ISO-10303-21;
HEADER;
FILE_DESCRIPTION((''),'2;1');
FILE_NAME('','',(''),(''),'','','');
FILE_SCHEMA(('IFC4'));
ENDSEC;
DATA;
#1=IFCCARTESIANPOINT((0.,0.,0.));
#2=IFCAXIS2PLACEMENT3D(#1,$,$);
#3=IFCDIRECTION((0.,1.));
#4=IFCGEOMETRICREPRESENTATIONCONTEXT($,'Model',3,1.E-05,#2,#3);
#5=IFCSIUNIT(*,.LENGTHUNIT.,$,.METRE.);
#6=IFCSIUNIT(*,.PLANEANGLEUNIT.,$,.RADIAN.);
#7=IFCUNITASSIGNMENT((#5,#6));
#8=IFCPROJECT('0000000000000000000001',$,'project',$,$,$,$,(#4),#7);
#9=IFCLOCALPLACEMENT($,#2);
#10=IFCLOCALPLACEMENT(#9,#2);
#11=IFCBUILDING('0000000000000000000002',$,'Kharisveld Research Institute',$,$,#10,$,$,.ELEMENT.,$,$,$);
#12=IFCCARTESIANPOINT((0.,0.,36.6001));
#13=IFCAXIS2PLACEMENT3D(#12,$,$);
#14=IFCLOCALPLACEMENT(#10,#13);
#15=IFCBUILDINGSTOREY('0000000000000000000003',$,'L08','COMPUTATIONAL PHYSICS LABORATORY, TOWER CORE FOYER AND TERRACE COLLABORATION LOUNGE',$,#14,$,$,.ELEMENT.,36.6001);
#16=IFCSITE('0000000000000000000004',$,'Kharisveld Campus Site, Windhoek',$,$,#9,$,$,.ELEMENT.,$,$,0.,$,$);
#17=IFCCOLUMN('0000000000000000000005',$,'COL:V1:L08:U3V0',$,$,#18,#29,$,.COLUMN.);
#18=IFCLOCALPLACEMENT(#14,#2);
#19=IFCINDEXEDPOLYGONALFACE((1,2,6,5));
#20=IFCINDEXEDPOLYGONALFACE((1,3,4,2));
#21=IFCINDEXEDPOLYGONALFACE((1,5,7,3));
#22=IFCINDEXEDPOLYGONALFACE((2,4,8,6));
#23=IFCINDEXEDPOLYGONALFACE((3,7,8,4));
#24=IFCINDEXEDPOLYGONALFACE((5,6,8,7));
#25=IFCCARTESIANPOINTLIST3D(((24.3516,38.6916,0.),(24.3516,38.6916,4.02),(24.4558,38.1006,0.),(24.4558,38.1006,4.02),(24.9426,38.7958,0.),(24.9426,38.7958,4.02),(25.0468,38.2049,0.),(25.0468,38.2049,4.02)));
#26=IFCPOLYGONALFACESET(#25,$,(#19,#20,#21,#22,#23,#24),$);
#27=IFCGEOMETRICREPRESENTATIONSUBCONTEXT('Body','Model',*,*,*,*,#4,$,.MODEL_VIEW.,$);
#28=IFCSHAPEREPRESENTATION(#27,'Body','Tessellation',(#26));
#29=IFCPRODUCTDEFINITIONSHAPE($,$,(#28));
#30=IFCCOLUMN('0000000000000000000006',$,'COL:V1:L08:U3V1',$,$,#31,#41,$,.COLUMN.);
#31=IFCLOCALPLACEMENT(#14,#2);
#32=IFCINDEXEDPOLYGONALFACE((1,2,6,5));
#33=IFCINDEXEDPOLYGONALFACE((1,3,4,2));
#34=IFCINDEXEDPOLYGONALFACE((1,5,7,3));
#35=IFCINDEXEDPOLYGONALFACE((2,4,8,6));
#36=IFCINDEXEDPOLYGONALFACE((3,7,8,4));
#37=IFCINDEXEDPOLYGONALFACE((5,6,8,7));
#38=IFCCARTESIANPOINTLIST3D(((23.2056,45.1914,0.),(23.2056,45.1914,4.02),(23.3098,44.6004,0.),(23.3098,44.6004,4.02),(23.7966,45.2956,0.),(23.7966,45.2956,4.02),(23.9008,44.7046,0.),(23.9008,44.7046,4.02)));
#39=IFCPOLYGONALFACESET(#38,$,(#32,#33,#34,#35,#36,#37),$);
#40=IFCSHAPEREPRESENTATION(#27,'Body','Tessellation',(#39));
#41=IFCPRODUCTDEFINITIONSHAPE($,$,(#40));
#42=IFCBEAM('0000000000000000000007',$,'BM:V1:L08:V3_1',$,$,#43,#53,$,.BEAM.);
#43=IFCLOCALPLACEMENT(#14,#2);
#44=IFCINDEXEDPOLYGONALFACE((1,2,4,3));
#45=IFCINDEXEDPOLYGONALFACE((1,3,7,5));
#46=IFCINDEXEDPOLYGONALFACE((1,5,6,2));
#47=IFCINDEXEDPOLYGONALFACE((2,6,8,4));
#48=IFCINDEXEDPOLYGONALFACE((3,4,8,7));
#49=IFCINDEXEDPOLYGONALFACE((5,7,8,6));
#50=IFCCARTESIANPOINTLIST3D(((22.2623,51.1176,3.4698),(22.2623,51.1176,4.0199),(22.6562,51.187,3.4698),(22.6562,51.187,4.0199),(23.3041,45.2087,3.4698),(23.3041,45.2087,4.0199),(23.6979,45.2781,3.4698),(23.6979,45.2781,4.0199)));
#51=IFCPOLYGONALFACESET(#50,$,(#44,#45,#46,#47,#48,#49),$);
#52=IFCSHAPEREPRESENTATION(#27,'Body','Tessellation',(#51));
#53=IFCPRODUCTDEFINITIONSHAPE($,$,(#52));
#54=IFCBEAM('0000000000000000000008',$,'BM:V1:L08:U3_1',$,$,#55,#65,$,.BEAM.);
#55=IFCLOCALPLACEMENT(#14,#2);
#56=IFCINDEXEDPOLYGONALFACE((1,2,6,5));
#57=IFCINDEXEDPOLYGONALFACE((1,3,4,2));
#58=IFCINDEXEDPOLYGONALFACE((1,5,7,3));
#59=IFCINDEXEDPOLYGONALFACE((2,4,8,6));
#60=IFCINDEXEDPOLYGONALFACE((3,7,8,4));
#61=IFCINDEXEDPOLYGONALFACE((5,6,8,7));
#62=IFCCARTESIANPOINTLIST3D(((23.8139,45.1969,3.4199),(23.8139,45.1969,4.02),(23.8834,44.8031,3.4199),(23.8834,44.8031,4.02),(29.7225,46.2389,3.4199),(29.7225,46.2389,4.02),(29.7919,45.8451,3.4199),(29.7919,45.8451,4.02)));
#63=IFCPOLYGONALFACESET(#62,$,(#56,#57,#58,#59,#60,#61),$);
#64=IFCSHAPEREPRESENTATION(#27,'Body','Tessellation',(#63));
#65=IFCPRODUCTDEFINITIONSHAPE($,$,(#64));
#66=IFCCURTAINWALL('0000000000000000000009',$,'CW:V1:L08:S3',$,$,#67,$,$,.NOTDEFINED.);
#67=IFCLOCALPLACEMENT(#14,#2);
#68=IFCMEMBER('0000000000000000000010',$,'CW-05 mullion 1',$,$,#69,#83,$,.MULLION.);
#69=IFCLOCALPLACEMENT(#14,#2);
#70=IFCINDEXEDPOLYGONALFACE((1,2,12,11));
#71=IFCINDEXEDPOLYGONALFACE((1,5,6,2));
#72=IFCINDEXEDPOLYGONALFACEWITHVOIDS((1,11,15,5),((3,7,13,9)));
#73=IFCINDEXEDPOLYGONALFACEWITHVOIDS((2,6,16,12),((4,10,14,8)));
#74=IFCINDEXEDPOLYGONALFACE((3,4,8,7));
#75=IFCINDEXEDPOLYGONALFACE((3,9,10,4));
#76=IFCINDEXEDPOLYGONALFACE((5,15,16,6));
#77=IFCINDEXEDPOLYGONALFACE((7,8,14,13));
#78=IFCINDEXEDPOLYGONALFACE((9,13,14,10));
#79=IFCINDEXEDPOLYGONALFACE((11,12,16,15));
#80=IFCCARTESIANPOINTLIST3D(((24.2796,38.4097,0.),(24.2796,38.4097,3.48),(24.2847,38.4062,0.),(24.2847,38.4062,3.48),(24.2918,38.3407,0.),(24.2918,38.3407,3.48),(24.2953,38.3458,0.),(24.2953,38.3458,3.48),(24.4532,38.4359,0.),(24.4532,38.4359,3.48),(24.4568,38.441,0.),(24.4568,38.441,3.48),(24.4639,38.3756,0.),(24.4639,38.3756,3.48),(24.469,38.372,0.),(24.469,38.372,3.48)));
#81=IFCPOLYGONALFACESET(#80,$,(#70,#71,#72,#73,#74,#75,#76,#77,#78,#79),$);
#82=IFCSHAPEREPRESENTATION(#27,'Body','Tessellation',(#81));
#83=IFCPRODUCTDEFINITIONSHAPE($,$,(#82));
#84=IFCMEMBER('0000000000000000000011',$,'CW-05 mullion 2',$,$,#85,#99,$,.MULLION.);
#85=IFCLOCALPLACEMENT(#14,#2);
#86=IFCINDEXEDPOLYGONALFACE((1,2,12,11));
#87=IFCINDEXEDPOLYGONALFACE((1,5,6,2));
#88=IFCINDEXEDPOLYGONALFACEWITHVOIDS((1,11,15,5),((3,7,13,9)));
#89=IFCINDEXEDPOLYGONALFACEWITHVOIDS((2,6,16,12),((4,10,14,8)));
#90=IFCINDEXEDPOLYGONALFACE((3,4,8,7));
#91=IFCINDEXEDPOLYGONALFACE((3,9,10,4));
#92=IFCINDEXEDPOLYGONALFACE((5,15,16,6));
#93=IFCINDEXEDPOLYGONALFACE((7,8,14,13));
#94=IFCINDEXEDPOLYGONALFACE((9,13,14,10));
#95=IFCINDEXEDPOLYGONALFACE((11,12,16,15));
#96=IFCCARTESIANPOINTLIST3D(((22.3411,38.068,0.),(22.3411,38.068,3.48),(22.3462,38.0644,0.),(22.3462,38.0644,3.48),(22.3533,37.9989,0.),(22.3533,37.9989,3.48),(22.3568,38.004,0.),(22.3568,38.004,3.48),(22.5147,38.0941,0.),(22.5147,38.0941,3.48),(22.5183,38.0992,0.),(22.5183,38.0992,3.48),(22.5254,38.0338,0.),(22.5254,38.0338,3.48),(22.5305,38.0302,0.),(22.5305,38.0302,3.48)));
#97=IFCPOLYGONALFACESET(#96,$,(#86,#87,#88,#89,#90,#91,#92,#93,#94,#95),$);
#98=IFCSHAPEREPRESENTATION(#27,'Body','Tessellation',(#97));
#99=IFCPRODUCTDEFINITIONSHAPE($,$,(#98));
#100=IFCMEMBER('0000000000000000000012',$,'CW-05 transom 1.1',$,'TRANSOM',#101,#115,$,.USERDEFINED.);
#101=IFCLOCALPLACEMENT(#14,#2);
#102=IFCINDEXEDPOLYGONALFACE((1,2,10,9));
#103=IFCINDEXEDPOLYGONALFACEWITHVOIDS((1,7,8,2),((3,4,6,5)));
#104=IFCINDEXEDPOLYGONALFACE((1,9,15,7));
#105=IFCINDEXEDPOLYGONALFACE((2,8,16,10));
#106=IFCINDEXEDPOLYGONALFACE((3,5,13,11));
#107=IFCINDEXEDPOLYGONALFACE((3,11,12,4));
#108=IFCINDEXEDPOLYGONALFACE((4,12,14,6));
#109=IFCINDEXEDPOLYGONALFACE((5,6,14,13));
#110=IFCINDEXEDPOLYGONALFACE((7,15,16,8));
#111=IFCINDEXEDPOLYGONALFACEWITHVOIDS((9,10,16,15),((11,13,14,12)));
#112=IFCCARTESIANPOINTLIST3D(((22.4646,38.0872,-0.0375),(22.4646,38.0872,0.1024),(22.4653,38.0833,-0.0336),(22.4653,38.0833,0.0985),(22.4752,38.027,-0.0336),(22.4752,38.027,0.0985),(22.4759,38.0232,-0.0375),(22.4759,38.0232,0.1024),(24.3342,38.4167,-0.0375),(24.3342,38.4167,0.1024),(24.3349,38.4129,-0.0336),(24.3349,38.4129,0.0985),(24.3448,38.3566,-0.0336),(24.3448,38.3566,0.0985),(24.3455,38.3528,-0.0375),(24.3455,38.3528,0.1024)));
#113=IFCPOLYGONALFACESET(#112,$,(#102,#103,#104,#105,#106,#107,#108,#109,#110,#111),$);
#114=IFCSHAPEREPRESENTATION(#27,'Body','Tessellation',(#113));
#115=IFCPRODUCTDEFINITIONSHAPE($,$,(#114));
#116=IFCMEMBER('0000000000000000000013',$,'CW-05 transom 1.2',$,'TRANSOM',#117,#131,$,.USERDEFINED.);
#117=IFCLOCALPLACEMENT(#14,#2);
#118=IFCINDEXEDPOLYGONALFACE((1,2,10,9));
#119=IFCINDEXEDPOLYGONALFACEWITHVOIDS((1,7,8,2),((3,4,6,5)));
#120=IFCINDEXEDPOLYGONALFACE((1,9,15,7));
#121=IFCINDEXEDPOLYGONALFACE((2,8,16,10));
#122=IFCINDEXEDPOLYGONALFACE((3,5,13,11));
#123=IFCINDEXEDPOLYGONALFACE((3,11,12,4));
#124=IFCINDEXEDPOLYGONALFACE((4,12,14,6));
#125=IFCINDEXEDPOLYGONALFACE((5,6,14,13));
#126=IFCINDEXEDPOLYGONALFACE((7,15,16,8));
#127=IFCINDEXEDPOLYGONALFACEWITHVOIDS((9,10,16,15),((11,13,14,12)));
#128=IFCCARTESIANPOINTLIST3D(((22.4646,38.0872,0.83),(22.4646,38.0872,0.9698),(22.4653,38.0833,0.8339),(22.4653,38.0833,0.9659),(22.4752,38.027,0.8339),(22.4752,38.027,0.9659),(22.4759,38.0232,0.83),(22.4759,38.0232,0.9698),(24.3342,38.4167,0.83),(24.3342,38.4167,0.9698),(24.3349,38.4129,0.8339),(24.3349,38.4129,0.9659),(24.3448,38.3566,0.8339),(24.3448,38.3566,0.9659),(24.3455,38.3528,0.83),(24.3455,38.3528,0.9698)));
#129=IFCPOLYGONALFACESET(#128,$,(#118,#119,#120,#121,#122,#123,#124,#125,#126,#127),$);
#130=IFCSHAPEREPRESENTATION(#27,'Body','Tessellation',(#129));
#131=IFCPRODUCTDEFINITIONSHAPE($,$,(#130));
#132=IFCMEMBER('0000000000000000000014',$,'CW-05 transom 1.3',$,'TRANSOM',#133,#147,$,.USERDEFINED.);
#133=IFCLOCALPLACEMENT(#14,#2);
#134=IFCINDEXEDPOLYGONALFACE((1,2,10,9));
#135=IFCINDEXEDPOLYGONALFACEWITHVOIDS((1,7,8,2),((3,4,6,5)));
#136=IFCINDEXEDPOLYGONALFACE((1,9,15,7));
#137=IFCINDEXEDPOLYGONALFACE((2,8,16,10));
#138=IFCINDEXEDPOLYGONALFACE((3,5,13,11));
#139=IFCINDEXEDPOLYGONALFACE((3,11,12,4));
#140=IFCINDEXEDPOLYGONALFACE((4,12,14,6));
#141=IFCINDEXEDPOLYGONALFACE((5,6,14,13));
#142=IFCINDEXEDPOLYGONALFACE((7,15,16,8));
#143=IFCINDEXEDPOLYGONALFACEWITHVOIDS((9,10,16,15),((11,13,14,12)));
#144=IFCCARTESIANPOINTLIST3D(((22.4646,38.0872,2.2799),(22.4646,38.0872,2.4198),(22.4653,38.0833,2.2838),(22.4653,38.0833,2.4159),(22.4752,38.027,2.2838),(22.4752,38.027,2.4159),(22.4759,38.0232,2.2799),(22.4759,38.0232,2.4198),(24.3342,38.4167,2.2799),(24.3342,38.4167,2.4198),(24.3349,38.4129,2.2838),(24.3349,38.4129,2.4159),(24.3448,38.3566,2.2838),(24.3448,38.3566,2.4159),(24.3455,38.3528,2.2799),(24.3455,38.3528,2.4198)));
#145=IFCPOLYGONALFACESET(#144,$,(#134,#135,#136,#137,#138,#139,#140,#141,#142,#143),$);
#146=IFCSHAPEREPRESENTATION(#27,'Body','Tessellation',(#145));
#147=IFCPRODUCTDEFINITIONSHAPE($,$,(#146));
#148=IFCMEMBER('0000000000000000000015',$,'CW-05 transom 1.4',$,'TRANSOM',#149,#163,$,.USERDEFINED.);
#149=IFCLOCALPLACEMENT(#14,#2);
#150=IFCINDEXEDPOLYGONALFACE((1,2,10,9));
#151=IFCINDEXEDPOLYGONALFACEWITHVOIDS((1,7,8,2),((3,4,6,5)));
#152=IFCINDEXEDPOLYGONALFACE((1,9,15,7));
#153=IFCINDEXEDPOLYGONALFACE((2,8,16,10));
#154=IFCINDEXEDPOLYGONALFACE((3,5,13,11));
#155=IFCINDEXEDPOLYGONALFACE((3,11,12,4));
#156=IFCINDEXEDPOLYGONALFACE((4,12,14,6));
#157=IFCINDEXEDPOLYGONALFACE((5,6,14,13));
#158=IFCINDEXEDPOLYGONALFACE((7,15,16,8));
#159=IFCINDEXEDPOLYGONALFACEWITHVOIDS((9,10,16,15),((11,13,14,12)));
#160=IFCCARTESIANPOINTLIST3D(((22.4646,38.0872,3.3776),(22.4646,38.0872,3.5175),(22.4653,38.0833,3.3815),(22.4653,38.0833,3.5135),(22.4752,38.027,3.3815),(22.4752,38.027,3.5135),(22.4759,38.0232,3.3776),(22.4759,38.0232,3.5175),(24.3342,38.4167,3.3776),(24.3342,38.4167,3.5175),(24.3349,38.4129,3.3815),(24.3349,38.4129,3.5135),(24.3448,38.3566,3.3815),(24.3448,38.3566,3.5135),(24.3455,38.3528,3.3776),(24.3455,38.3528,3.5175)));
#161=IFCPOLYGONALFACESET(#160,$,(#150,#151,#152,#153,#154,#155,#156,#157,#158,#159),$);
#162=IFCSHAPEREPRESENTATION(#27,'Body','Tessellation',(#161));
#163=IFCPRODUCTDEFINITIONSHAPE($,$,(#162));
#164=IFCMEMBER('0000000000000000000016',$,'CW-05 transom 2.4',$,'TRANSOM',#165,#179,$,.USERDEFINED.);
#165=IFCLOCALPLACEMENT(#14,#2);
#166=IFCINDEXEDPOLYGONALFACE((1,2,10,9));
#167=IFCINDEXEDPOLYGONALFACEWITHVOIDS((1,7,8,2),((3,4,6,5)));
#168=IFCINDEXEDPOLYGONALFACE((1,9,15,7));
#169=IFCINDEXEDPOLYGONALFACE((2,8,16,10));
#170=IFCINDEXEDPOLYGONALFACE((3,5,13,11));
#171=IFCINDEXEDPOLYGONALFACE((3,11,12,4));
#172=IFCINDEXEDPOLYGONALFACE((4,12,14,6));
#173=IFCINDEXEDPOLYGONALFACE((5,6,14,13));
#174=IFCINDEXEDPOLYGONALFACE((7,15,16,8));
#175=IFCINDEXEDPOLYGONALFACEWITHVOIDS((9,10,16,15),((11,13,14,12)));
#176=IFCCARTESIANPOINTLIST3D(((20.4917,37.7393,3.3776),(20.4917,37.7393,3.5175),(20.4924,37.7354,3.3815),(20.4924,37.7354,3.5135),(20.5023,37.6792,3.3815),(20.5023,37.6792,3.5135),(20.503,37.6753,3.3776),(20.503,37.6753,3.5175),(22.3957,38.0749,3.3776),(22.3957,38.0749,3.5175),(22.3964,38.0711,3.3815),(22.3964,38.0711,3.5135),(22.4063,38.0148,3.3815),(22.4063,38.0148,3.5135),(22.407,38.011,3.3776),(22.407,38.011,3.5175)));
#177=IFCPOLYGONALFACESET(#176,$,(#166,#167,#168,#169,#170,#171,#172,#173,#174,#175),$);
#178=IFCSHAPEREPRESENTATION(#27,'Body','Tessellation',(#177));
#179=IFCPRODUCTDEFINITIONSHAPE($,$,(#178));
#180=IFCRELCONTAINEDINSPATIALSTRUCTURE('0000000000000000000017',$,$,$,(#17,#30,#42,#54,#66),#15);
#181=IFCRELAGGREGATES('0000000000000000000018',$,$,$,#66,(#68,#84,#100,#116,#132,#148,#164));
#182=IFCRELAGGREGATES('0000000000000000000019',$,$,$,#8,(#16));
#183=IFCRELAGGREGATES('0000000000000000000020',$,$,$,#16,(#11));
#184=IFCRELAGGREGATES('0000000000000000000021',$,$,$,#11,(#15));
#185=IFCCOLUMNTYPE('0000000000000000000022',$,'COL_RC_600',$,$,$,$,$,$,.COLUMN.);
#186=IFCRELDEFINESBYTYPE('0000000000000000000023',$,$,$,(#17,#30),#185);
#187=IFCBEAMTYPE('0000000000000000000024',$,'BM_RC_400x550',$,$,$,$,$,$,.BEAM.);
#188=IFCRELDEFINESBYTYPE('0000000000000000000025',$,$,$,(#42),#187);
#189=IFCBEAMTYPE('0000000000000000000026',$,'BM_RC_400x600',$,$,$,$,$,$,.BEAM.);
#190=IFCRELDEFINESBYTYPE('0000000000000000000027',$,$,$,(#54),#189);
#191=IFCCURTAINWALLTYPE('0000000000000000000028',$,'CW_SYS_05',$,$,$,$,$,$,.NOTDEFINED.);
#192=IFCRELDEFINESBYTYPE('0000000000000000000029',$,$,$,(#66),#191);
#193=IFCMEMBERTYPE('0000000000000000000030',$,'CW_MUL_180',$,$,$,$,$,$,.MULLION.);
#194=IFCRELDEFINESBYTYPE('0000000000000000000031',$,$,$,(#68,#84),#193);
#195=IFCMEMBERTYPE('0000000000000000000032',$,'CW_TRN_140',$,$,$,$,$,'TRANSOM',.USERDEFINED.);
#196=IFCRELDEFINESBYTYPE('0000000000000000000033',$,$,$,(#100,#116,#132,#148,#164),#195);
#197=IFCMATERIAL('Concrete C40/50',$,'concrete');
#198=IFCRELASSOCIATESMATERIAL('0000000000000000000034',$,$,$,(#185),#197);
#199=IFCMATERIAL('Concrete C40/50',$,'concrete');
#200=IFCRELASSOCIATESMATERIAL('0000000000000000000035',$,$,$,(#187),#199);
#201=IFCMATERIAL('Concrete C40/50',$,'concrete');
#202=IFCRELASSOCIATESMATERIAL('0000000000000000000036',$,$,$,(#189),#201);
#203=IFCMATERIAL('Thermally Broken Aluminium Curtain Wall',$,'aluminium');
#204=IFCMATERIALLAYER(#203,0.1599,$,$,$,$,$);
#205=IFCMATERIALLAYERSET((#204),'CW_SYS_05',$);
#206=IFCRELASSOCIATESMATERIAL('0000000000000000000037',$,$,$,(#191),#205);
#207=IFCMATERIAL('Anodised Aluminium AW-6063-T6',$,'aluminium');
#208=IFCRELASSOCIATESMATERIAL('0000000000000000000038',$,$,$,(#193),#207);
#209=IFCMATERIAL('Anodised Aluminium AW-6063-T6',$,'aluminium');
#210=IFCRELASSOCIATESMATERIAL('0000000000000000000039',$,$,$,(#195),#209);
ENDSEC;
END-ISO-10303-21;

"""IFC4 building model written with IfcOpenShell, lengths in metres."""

from ifc_helpers import new_model, si_unit, direction, frame, origin, origin_2d, place, context, subcontext, project, spatial, rectangle, hollow_rectangle, extrude, material, layer, layer_set, material_profile, profile_set, type_object, element, aggregate, save


model = new_model("IFC4")

# Units and contexts
model_context = context("Model", 3, precision=1e-05, world=origin(), true_north=direction((0.0, 1.0)))
body_context = subcontext(model_context, "Body", "Model", "MODEL_VIEW")
ifc_project = project(units=[si_unit("LENGTHUNIT", "METRE"), si_unit("PLANEANGLEUNIT", "RADIAN")], contexts=[model_context])

# Site, building, storey
site_placement = place(None, origin())
site = spatial("IfcSite", under=ifc_project, at=site_placement, Name="Kharisveld Campus Site, Windhoek", CompositionType="ELEMENT", RefElevation=0.0)
building_placement = place(site_placement, origin())
building = spatial("IfcBuilding", under=site, at=building_placement, Name="Kharisveld Research Institute", CompositionType="ELEMENT")
storey_placement = place(building_placement, frame((0.0, 0.0, 36.6001)))
storey = spatial("IfcBuildingStorey", under=building, at=storey_placement, Name="L08", Description="COMPUTATIONAL PHYSICS LABORATORY, TOWER CORE FOYER AND TERRACE COLLABORATION LOUNGE", CompositionType="ELEMENT", Elevation=36.6001)

# Columns
ifc_material_1 = material(Name="Concrete C40/50", Category="concrete")
ifc_material_profile_1 = material_profile(ifc_material_1, rectangle(XDim=0.6001, YDim=0.6001, at=origin_2d()))
ifc_profile_set_1 = profile_set([ifc_material_profile_1], Name="Concrete C40/50")
column_type = type_object("IfcColumnType", Name="COL_RC_600", PredefinedType="COLUMN", material=ifc_profile_set_1)
for number, where, z_axis, x_axis, name in (
    (1, (24.6992, 38.4482, 0.0), (0.0, 0.0, 1.0), (0.984808, 0.173648, 0.0), "COL:V1:L08:U3V0"),
    (2, (23.5532, 44.948, 0.0), (0.0, 0.0, 1.0), (0.984808, 0.173648, 0.0), "COL:V1:L08:U3V1"),
):
    element("IfcColumn", number, at=place(storey_placement, frame(where, z_axis=z_axis, x_axis=x_axis)), inside=storey, type_object=column_type, Name=name, PredefinedType="COLUMN", context=body_context, shape_type="SweptSolid", body=[
        extrude(rectangle(XDim=0.6001, YDim=0.6001, at=origin_2d()), origin(), (0.0, 0.0, 1.0), 4.02),
    ])

# Beams
ifc_material_2 = material(Name="Concrete C40/50", Category="concrete")
ifc_material_profile_2 = material_profile(ifc_material_2, rectangle(XDim=0.3999, YDim=0.55, at=origin_2d()))
ifc_profile_set_2 = profile_set([ifc_material_profile_2], Name="Concrete C40/50")
beam_type_1 = type_object("IfcBeamType", Name="BM_RC_400x550", PredefinedType="BEAM", material=ifc_profile_set_2)
beam_1_placement = place(storey_placement, frame((23.501, 45.2434, 3.7449), z_axis=(-0.173623, 0.984812, 0.0), x_axis=(-0.984812, -0.173623, 0.0)))
element("IfcBeam", 3, at=beam_1_placement, inside=storey, type_object=beam_type_1, Name="BM:V1:L08:V3_1", PredefinedType="BEAM", context=body_context, shape_type="SweptSolid", body=[
    extrude(rectangle(XDim=0.3999, YDim=0.55, at=origin_2d()), origin(), (0.0, 0.0, 1.0), 6.0),
])
ifc_material_3 = material(Name="Concrete C40/50", Category="concrete")
ifc_material_profile_3 = material_profile(ifc_material_3, rectangle(XDim=0.3999, YDim=0.6001, at=origin_2d()))
ifc_profile_set_3 = profile_set([ifc_material_profile_3], Name="Concrete C40/50")
beam_type_2 = type_object("IfcBeamType", Name="BM_RC_400x600", PredefinedType="BEAM", material=ifc_profile_set_3)
beam_2_placement = place(storey_placement, frame((23.8486, 45.0, 3.72), z_axis=(0.984804, 0.173669, 0.0), x_axis=(-0.173669, 0.984804, 0.0)))
element("IfcBeam", 4, at=beam_2_placement, inside=storey, type_object=beam_type_2, Name="BM:V1:L08:U3_1", PredefinedType="BEAM", context=body_context, shape_type="SweptSolid", body=[
    extrude(rectangle(XDim=0.3999, YDim=0.6001, at=origin_2d()), origin(), (0.0, 0.0, 1.0), 5.9998),
])

# Curtain wall, members
ifc_material_4 = material(Name="Thermally Broken Aluminium Curtain Wall", Category="aluminium")
ifc_layer_1 = layer(ifc_material_4, 0.1599)
ifc_layer_set_1 = layer_set([ifc_layer_1], Name="CW_SYS_05")
curtain_wall_type = type_object("IfcCurtainWallType", Name="CW_SYS_05", PredefinedType="NOTDEFINED", material=ifc_layer_set_1)
curtain_wall_placement = place(storey_placement, origin())
curtain_wall = element("IfcCurtainWall", 5, at=curtain_wall_placement, inside=storey, type_object=curtain_wall_type, Name="CW:V1:L08:S3", PredefinedType="NOTDEFINED")
ifc_material_5 = material(Name="Anodised Aluminium AW-6063-T6", Category="aluminium")
ifc_material_profile_4 = material_profile(ifc_material_5, hollow_rectangle(XDim=0.0701, YDim=0.1799, WallThickness=0.0044, at=origin_2d()))
ifc_profile_set_4 = profile_set([ifc_material_profile_4], Name="Anodised Aluminium AW-6063-T6")
member_type_1 = type_object("IfcMemberType", Name="CW_MUL_180", PredefinedType="MULLION", material=ifc_profile_set_4)
member_1_placement = place(storey_placement, frame((24.3743, 38.3909, 0.0), z_axis=(0.0, 0.0, 1.0), x_axis=(0.173648, -0.984808, 0.0)))
member_1 = element("IfcMember", 6, at=member_1_placement, type_object=member_type_1, Name="CW-05 mullion 1", PredefinedType="MULLION", context=body_context, shape_type="SweptSolid", body=[
    extrude(hollow_rectangle(XDim=0.0701, YDim=0.1799, WallThickness=0.0044, at=origin_2d()), origin(), (0.0, 0.0, 1.0), 3.48),
])
member_2_placement = place(storey_placement, frame((22.4358, 38.0491, 0.0), z_axis=(0.0, 0.0, 1.0), x_axis=(0.173648, -0.984808, 0.0)))
member_2 = element("IfcMember", 7, at=member_2_placement, type_object=member_type_1, Name="CW-05 mullion 2", PredefinedType="MULLION", context=body_context, shape_type="SweptSolid", body=[
    extrude(hollow_rectangle(XDim=0.0701, YDim=0.1799, WallThickness=0.0044, at=origin_2d()), origin(), (0.0, 0.0, 1.0), 3.48),
])
ifc_material_6 = material(Name="Anodised Aluminium AW-6063-T6", Category="aluminium")
ifc_material_profile_5 = material_profile(ifc_material_6, hollow_rectangle(XDim=0.0649, YDim=0.1399, WallThickness=0.0039, at=origin_2d()))
ifc_profile_set_5 = profile_set([ifc_material_profile_5], Name="Anodised Aluminium AW-6063-T6")
member_type_2 = type_object("IfcMemberType", Name="CW_TRN_140", ElementType="TRANSOM", PredefinedType="USERDEFINED", material=ifc_profile_set_5)
member_3_placement = place(storey_placement, frame((24.3398, 38.3848, 0.0325), z_axis=(-0.984815, -0.173609, 0.0), x_axis=(0.173609, -0.984815, 0.0)))
member_3 = element("IfcMember", 8, at=member_3_placement, type_object=member_type_2, Name="CW-05 transom 1.1", ObjectType="TRANSOM", PredefinedType="USERDEFINED", context=body_context, shape_type="SweptSolid", body=[
    extrude(hollow_rectangle(XDim=0.0649, YDim=0.1399, WallThickness=0.0039, at=origin_2d()), origin(), (0.0, 0.0, 1.0), 1.8984),
])
member_4_placement = place(storey_placement, frame((24.3398, 38.3848, 0.8999), z_axis=(-0.984815, -0.173609, 0.0), x_axis=(0.173609, -0.984815, 0.0)))
member_4 = element("IfcMember", 9, at=member_4_placement, type_object=member_type_2, Name="CW-05 transom 1.2", ObjectType="TRANSOM", PredefinedType="USERDEFINED", context=body_context, shape_type="SweptSolid", body=[
    extrude(hollow_rectangle(XDim=0.0649, YDim=0.1399, WallThickness=0.0039, at=origin_2d()), origin(), (0.0, 0.0, 1.0), 1.8984),
])
member_5_placement = place(storey_placement, frame((24.3398, 38.3848, 2.3499), z_axis=(-0.984815, -0.173609, 0.0), x_axis=(0.173609, -0.984815, 0.0)))
member_5 = element("IfcMember", 10, at=member_5_placement, type_object=member_type_2, Name="CW-05 transom 1.3", ObjectType="TRANSOM", PredefinedType="USERDEFINED", context=body_context, shape_type="SweptSolid", body=[
    extrude(hollow_rectangle(XDim=0.0649, YDim=0.1399, WallThickness=0.0039, at=origin_2d()), origin(), (0.0, 0.0, 1.0), 1.8984),
])
member_6_placement = place(storey_placement, frame((24.3398, 38.3848, 3.4475), z_axis=(-0.984815, -0.173609, 0.0), x_axis=(0.173609, -0.984815, 0.0)))
member_6 = element("IfcMember", 11, at=member_6_placement, type_object=member_type_2, Name="CW-05 transom 1.4", ObjectType="TRANSOM", PredefinedType="USERDEFINED", context=body_context, shape_type="SweptSolid", body=[
    extrude(hollow_rectangle(XDim=0.0649, YDim=0.1399, WallThickness=0.0039, at=origin_2d()), origin(), (0.0, 0.0, 1.0), 1.8984),
])
member_7_placement = place(storey_placement, frame((22.4014, 38.043, 3.4475), z_axis=(-0.984812, -0.173627, 0.0), x_axis=(0.173627, -0.984812, 0.0)))
member_7 = element("IfcMember", 12, at=member_7_placement, type_object=member_type_2, Name="CW-05 transom 2.4", ObjectType="TRANSOM", PredefinedType="USERDEFINED", context=body_context, shape_type="SweptSolid", body=[
    extrude(hollow_rectangle(XDim=0.0649, YDim=0.1399, WallThickness=0.0039, at=origin_2d()), origin(), (0.0, 0.0, 1.0), 1.9333),
])

aggregate(curtain_wall, [member_1, member_2, member_3, member_4, member_5, member_6, member_7])

save(model, "model.ifc")
